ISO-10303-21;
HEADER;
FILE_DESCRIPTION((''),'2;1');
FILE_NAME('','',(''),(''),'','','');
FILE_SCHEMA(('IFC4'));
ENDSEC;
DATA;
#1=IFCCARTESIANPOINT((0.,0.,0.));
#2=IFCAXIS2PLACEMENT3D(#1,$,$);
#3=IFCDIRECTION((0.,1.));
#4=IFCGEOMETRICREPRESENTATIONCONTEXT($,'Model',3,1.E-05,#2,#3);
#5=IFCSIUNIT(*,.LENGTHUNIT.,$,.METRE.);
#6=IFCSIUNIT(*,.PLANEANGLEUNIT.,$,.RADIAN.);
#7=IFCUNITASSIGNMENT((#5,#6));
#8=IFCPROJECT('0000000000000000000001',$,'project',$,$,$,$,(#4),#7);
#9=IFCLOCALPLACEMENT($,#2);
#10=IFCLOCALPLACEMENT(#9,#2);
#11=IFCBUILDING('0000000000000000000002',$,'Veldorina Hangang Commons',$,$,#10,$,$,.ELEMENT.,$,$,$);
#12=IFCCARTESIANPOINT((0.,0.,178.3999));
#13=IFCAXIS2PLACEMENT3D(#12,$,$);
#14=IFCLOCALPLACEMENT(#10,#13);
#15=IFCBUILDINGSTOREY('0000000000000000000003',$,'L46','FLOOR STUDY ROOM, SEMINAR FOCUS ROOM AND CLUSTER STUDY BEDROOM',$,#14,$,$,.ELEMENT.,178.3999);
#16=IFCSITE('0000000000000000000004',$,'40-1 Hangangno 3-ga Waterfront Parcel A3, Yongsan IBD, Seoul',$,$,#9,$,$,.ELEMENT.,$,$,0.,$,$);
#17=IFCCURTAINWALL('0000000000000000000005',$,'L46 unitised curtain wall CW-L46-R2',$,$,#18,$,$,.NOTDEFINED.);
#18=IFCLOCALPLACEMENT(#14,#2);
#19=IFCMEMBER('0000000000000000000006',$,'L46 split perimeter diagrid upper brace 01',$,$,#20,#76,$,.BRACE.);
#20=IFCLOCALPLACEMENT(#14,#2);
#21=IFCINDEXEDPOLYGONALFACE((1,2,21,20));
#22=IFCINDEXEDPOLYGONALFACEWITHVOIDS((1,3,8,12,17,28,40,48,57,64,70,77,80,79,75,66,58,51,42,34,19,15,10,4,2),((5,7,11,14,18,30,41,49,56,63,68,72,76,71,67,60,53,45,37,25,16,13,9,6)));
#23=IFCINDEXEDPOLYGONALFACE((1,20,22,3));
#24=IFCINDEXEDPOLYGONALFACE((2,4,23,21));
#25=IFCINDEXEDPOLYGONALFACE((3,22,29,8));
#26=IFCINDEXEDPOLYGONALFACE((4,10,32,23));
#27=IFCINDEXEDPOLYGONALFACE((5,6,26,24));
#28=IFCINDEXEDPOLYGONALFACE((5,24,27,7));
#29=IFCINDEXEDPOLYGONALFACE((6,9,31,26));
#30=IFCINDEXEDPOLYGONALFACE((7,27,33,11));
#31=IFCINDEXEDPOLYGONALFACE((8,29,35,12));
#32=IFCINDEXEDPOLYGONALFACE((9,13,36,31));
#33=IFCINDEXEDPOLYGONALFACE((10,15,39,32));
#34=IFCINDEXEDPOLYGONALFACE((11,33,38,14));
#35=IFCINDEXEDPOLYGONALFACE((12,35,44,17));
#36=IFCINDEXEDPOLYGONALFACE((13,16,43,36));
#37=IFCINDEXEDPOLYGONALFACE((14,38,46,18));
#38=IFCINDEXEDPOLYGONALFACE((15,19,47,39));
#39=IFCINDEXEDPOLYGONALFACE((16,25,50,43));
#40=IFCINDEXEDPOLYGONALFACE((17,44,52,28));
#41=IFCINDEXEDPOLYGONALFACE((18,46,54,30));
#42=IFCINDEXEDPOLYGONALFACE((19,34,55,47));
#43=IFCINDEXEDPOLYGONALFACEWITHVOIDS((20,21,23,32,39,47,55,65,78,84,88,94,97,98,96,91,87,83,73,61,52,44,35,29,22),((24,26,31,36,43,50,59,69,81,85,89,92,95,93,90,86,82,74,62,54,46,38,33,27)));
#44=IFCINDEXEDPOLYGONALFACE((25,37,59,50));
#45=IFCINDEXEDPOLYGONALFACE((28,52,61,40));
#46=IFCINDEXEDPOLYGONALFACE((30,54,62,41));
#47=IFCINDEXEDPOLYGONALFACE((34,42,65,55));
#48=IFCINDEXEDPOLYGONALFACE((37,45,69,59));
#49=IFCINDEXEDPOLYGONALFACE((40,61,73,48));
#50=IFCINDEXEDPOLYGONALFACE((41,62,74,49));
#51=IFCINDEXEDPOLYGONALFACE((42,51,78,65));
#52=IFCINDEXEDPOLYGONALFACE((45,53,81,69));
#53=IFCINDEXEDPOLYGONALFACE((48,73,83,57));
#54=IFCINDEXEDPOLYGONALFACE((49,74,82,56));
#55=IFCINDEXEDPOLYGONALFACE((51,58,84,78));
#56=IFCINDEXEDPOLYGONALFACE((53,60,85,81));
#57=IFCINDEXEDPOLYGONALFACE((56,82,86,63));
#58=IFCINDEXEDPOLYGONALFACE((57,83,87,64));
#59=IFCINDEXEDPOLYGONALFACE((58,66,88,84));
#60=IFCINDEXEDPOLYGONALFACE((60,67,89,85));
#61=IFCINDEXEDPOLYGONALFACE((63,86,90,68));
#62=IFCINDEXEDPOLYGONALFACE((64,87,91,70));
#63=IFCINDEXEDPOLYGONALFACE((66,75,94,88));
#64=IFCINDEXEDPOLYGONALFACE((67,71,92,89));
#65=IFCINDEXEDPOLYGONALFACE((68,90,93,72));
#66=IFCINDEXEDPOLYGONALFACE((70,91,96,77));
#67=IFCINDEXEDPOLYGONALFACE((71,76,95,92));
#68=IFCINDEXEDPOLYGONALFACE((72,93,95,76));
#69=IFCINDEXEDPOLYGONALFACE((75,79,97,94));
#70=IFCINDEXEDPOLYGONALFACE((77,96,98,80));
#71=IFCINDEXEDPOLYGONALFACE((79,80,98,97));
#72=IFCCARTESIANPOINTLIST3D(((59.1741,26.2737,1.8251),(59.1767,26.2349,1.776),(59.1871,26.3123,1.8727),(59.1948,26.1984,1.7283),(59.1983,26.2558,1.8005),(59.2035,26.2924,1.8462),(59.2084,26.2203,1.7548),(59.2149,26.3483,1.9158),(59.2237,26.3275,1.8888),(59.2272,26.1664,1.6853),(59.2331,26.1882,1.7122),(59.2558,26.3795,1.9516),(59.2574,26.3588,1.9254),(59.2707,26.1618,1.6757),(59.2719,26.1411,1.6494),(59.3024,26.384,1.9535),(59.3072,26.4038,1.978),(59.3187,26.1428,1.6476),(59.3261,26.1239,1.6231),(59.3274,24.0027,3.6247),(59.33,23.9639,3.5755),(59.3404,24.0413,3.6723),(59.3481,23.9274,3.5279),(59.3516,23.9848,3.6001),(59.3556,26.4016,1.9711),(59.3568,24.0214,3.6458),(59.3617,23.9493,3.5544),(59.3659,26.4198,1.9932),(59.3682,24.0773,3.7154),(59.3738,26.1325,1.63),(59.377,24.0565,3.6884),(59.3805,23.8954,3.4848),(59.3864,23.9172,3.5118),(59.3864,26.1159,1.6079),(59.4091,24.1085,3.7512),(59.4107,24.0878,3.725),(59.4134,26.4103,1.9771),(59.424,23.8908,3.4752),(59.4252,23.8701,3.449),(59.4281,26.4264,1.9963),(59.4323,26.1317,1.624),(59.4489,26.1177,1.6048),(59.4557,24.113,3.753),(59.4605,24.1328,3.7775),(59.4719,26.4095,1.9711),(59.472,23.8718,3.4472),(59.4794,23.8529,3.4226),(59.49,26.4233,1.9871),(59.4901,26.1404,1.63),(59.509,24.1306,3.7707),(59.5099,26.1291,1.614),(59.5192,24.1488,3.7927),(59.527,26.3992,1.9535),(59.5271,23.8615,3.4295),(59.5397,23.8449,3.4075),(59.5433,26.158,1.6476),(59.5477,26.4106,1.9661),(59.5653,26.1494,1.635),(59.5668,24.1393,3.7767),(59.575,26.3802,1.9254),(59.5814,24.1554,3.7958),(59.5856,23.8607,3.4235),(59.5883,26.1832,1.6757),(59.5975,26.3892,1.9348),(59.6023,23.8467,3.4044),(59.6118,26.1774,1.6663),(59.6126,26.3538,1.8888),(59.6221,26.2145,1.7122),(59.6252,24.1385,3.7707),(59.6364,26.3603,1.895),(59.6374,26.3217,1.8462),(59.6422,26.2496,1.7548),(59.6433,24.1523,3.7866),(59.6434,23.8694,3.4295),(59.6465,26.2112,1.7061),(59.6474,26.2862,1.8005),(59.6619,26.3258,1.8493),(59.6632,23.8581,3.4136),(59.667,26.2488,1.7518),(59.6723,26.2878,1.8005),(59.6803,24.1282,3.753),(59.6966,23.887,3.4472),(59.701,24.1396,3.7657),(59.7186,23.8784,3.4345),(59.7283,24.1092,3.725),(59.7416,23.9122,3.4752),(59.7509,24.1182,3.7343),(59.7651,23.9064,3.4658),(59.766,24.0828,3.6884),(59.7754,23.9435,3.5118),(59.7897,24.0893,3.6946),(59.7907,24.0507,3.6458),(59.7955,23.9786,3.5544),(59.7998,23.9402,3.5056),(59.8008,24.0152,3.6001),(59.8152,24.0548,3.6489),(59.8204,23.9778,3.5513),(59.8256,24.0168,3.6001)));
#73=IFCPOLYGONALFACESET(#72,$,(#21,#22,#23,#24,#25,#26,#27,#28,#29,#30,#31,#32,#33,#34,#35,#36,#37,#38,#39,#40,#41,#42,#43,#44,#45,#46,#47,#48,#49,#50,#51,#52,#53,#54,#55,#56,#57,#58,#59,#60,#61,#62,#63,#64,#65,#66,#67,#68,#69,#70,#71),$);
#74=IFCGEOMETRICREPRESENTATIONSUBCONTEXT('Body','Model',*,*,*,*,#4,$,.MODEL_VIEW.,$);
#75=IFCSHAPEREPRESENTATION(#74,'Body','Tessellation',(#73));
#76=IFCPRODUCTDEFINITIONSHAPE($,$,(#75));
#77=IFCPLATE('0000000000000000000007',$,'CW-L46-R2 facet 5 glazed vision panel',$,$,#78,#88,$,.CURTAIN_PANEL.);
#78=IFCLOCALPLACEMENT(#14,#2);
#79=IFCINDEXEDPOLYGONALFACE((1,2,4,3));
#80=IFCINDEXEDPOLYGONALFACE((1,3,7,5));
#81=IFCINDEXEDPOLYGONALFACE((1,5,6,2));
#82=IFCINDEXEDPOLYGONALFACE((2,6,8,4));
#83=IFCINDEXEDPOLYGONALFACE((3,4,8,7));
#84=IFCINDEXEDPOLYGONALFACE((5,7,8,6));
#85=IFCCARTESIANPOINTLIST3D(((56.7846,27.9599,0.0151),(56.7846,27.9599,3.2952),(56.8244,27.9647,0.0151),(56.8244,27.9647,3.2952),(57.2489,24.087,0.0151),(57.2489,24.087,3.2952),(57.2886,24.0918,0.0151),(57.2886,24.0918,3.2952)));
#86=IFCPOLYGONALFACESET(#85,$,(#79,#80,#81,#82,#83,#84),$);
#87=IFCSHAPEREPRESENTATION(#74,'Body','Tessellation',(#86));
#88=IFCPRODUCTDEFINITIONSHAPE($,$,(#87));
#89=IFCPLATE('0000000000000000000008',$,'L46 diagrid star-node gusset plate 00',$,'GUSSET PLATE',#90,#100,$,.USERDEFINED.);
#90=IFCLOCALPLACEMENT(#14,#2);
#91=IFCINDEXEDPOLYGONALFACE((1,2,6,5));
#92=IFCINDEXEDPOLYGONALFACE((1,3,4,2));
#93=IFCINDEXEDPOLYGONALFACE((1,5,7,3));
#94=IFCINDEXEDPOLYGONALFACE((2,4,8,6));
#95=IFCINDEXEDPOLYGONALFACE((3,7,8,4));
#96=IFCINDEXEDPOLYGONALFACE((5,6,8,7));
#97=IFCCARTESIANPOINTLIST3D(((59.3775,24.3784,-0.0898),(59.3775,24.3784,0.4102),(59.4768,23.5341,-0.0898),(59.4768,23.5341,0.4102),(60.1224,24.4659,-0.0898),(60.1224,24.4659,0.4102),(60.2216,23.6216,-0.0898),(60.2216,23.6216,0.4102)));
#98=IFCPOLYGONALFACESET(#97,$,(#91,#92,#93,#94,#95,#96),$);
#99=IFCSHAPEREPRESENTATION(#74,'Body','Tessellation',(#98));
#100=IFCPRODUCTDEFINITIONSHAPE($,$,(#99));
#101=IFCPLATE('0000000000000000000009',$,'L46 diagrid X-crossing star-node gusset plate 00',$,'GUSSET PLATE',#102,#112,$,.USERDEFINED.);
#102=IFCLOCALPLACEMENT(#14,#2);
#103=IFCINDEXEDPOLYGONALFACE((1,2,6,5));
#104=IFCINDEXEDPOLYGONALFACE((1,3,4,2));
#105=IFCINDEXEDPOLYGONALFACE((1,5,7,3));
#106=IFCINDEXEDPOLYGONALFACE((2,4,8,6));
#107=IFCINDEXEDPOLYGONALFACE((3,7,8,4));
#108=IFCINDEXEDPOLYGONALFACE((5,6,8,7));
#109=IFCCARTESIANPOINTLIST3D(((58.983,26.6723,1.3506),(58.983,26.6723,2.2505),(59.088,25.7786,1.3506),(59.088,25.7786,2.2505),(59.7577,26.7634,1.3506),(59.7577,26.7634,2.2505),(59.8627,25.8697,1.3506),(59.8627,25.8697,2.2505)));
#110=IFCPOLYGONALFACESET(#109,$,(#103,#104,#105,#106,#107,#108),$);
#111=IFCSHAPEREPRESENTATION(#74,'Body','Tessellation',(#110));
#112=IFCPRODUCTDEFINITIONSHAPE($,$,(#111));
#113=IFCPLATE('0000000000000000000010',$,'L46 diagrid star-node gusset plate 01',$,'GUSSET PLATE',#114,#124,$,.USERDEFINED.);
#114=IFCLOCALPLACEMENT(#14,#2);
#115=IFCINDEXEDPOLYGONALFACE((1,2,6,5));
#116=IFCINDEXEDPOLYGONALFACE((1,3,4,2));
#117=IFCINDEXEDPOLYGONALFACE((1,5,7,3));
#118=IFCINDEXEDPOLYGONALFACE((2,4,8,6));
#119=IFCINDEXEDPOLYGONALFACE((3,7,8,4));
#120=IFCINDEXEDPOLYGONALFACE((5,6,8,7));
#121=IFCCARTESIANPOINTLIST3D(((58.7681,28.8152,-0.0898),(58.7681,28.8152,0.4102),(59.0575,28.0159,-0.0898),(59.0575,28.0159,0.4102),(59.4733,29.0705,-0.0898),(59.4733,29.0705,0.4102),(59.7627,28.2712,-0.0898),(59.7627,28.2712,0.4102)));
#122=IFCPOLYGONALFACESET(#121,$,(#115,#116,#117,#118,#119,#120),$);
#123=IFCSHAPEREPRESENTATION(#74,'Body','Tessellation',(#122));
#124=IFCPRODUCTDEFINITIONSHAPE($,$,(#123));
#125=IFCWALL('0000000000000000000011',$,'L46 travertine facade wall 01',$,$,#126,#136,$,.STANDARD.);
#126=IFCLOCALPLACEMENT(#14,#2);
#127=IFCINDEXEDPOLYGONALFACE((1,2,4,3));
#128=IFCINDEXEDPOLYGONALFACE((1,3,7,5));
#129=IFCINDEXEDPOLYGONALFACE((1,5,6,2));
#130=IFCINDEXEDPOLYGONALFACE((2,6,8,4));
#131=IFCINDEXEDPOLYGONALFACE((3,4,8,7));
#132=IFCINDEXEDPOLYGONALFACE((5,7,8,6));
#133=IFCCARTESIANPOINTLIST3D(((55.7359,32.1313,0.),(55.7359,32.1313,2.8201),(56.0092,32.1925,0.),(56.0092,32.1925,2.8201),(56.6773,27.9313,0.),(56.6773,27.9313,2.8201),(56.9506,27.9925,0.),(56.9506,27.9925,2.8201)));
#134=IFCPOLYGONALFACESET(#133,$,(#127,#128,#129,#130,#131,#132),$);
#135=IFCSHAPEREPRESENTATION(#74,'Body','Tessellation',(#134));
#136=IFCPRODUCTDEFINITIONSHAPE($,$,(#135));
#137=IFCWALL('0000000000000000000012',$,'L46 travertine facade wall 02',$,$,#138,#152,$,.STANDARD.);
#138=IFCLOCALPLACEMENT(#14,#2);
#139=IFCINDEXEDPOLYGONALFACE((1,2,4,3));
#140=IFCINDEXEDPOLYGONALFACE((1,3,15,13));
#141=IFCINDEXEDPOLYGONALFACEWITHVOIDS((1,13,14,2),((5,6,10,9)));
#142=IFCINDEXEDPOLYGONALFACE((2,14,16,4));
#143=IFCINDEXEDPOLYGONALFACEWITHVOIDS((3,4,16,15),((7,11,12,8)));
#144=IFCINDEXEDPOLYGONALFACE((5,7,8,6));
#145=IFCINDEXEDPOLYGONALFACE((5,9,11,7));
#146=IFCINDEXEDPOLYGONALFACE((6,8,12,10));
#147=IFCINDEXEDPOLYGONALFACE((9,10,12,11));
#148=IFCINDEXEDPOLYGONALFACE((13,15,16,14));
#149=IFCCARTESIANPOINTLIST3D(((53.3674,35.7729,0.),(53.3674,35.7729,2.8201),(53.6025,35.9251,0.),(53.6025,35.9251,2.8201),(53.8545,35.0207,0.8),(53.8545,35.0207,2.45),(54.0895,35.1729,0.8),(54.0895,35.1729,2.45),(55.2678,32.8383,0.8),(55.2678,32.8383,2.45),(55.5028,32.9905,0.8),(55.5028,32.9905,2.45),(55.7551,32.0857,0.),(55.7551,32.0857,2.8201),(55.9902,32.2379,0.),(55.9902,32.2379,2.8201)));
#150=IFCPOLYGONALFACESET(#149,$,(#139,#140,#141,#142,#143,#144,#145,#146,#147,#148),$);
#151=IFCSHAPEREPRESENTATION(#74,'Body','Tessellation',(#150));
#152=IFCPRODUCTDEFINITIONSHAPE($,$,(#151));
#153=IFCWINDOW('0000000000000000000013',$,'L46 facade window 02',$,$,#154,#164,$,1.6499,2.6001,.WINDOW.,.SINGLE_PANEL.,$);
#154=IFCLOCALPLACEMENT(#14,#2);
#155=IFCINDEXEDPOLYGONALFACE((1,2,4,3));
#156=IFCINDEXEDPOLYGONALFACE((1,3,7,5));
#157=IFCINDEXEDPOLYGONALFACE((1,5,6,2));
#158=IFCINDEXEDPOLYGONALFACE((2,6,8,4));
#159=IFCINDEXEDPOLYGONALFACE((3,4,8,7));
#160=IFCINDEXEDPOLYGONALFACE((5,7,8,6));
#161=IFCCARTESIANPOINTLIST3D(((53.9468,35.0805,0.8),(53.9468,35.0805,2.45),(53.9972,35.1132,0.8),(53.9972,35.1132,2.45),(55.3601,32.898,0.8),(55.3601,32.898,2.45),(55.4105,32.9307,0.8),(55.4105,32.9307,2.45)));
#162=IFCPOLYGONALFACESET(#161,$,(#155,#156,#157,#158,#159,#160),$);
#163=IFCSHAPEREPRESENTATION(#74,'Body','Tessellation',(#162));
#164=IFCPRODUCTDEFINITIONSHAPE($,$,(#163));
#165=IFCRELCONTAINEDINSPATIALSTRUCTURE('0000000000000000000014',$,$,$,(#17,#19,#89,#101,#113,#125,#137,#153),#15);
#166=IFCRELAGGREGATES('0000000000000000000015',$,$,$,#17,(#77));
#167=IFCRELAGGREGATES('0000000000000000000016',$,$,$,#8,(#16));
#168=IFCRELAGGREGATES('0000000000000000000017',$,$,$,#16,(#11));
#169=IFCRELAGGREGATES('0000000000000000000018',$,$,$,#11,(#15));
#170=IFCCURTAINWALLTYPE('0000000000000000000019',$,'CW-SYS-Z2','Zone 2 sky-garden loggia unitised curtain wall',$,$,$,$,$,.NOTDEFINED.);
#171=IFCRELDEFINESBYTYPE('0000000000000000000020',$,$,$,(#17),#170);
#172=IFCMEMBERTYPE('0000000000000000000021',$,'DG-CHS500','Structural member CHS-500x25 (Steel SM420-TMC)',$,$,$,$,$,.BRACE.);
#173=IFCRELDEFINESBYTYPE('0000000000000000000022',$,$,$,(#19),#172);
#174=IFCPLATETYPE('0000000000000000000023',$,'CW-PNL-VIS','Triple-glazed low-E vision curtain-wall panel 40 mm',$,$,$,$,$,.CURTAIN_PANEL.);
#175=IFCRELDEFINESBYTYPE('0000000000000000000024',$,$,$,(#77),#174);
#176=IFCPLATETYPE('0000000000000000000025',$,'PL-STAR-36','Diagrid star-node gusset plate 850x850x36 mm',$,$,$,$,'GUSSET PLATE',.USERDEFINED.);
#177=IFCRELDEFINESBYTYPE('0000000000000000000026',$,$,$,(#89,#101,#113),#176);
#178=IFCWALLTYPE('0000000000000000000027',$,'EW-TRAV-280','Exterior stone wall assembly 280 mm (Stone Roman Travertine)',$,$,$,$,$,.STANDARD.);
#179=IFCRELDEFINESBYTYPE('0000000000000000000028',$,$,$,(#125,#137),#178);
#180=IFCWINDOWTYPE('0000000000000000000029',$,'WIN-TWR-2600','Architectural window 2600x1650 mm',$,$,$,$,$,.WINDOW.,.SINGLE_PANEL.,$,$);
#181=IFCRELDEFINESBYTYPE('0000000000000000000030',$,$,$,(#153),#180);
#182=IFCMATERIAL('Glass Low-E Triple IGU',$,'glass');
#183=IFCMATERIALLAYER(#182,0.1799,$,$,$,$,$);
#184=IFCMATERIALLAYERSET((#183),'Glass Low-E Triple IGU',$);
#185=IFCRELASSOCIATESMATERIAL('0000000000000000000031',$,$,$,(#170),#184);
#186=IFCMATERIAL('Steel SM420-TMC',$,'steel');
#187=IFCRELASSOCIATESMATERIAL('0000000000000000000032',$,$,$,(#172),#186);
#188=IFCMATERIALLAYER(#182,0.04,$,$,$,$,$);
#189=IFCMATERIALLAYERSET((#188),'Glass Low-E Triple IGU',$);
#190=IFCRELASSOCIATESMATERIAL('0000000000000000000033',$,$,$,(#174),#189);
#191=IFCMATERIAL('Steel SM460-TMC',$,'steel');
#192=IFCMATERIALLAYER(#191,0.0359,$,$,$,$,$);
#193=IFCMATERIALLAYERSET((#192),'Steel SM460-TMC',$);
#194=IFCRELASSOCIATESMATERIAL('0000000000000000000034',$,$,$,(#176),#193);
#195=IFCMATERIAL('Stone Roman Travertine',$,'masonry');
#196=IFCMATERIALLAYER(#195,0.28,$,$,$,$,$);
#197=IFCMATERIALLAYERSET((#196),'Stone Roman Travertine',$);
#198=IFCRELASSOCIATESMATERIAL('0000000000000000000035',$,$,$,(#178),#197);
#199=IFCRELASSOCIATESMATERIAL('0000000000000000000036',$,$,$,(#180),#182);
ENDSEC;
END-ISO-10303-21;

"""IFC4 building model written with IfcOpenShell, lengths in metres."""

from ifc_helpers import new_model, si_unit, direction, frame, frame_2d, origin, origin_2d, place, context, subcontext, project, spatial, rectangle, hollow_circle, extrude, material, layer, layer_set, material_profile, profile_set, type_object, element, fill, aggregate, save


model = new_model("IFC4")

# Units and contexts
model_context = context("Model", 3, precision=1e-05, world=origin(), true_north=direction((0.0, 1.0)))
body_context = subcontext(model_context, "Body", "Model", "MODEL_VIEW")
ifc_project = project(units=[si_unit("LENGTHUNIT", "METRE"), si_unit("PLANEANGLEUNIT", "RADIAN")], contexts=[model_context])

# Site, building, storey
site_placement = place(None, origin())
site = spatial("IfcSite", under=ifc_project, at=site_placement, Name="40-1 Hangangno 3-ga Waterfront Parcel A3, Yongsan IBD, Seoul", CompositionType="ELEMENT", RefElevation=0.0)
building_placement = place(site_placement, origin())
building = spatial("IfcBuilding", under=site, at=building_placement, Name="Veldorina Hangang Commons", CompositionType="ELEMENT")
storey_placement = place(building_placement, frame((0.0, 0.0, 178.3999)))
storey = spatial("IfcBuildingStorey", under=building, at=storey_placement, Name="L46", Description="FLOOR STUDY ROOM, SEMINAR FOCUS ROOM AND CLUSTER STUDY BEDROOM", CompositionType="ELEMENT", Elevation=178.3999)

# Shared definitions
ifc_material_1 = material(Name="Steel SM420-TMC", Category="steel")

# Curtain wall
ifc_material_2 = material(Name="Glass Low-E Triple IGU", Category="glass")
ifc_layer_1 = layer(ifc_material_2, 0.1799)
ifc_layer_set_1 = layer_set([ifc_layer_1], Name="Glass Low-E Triple IGU")
curtain_wall_type = type_object("IfcCurtainWallType", Name="CW-SYS-Z2", Description="Zone 2 sky-garden loggia unitised curtain wall", PredefinedType="NOTDEFINED", material=ifc_layer_set_1)
curtain_wall_placement = place(storey_placement, origin())
curtain_wall = element("IfcCurtainWall", 1, at=curtain_wall_placement, inside=storey, type_object=curtain_wall_type, Name="L46 unitised curtain wall CW-L46-R2", PredefinedType="NOTDEFINED")

# Member
ifc_material_profile_1 = material_profile(ifc_material_1, hollow_circle(Radius=0.25, WallThickness=0.0249, at=origin_2d()), Name="CHS-500x25")
ifc_profile_set_1 = profile_set([ifc_material_profile_1], Name="Steel SM420-TMC")
member_type_1 = type_object("IfcMemberType", Name="DG-CHS500", Description="Structural member CHS-500x25 (Steel SM420-TMC)", PredefinedType="BRACE", material=ifc_profile_set_1)
member_1_placement = place(storey_placement, frame((59.4229, 26.271, 1.8005), z_axis=(0.05284, -0.782667, 0.620194), x_axis=(0.997729, 0.067359, 0.0)))
element("IfcMember", 2, at=member_1_placement, inside=storey, type_object=member_type_1, Name="L46 split perimeter diagrid upper brace 01", PredefinedType="BRACE", context=body_context, shape_type="SweptSolid", body=[
    extrude(hollow_circle(Radius=0.25, WallThickness=0.0249, at=origin_2d()), origin(), (0.0, 0.0, 1.0), 2.9016),
])

# Plate
ifc_layer_2 = layer(ifc_material_2, 0.04)
ifc_layer_set_2 = layer_set([ifc_layer_2], Name="Glass Low-E Triple IGU")
plate_type_1 = type_object("IfcPlateType", Name="CW-PNL-VIS", Description="Triple-glazed low-E vision curtain-wall panel 40 mm", PredefinedType="CURTAIN_PANEL", material=ifc_layer_set_2)
plate_1_placement = place(storey_placement, frame((57.0366, 26.0259, 0.0151), z_axis=(0.0, 0.0, 1.0), x_axis=(-0.119028, 0.992891, 0.0)))
plate_1 = element("IfcPlate", 3, at=plate_1_placement, type_object=plate_type_1, Name="CW-L46-R2 facet 5 glazed vision panel", PredefinedType="CURTAIN_PANEL", context=body_context, shape_type="SweptSolid", body=[
    extrude(rectangle(XDim=3.9006, YDim=0.04, at=origin_2d()), origin(), (0.0, 0.0, 1.0), 3.28),
])
aggregate(curtain_wall, [plate_1])

# Plates
ifc_material_3 = material(Name="Steel SM460-TMC", Category="steel")
ifc_layer_3 = layer(ifc_material_3, 0.0359)
ifc_layer_set_3 = layer_set([ifc_layer_3], Name="Steel SM460-TMC")
plate_type_2 = type_object("IfcPlateType", Name="PL-STAR-36", Description="Diagrid star-node gusset plate 850x850x36 mm", ElementType="GUSSET PLATE", PredefinedType="USERDEFINED", material=ifc_layer_set_3)
plate_2_placement = place(storey_placement, frame((59.7996, 24.0, -0.0898), z_axis=(0.0, 0.0, 1.0), x_axis=(-0.116775, 0.993158, 0.0)))
element("IfcPlate", 4, at=plate_2_placement, inside=storey, type_object=plate_type_2, Name="L46 diagrid star-node gusset plate 00", ObjectType="GUSSET PLATE", PredefinedType="USERDEFINED", context=body_context, shape_type="SweptSolid", body=[
    extrude(rectangle(XDim=0.8501, YDim=0.75, at=origin_2d()), origin(), (0.0, 0.0, 1.0), 0.5),
])
plate_3_placement = place(storey_placement, frame((59.4229, 26.271, 1.3506), z_axis=(0.0, 0.0, 1.0), x_axis=(-0.116775, 0.993158, 0.0)))
element("IfcPlate", 5, at=plate_3_placement, inside=storey, type_object=plate_type_2, Name="L46 diagrid X-crossing star-node gusset plate 00", ObjectType="GUSSET PLATE", PredefinedType="USERDEFINED", context=body_context, shape_type="SweptSolid", body=[
    extrude(rectangle(XDim=0.8999, YDim=0.78, at=origin_2d()), origin(), (0.0, 0.0, 1.0), 0.8999),
])
plate_4_placement = place(storey_placement, frame((59.2654, 28.5432, -0.0898), z_axis=(0.0, 0.0, 1.0), x_axis=(-0.340462, 0.940258, 0.0)))
element("IfcPlate", 6, at=plate_4_placement, inside=storey, type_object=plate_type_2, Name="L46 diagrid star-node gusset plate 01", ObjectType="GUSSET PLATE", PredefinedType="USERDEFINED", context=body_context, shape_type="SweptSolid", body=[
    extrude(rectangle(XDim=0.8501, YDim=0.75, at=origin_2d()), origin(), (0.0, 0.0, 1.0), 0.5),
])

# Wall
ifc_material_4 = material(Name="Stone Roman Travertine", Category="masonry")
ifc_layer_4 = layer(ifc_material_4, 0.28)
ifc_layer_set_4 = layer_set([ifc_layer_4], Name="Stone Roman Travertine")
wall_type_1 = type_object("IfcWallType", Name="EW-TRAV-280", Description="Exterior stone wall assembly 280 mm (Stone Roman Travertine)", PredefinedType="STANDARD", material=ifc_layer_set_4)
wall_1_placement = place(storey_placement, frame((56.814, 27.9619, 0.0), z_axis=(0.0, 0.0, 1.0), x_axis=(-0.21872, 0.975788, 0.0)))
element("IfcWall", 7, at=wall_1_placement, inside=storey, type_object=wall_type_1, Name="L46 travertine facade wall 01", PredefinedType="STANDARD", context=body_context, shape_type="SweptSolid", body=[
    extrude(rectangle(XDim=4.3042, YDim=0.28, at=frame_2d((2.1521, 0.0))), origin(), (0.0, 0.0, 1.0), 2.8201),
])

# Wall, opening, window
wall_2_placement = place(storey_placement, frame((55.8726, 32.1619, 0.0), z_axis=(0.0, 0.0, 1.0), x_axis=(-0.543544, 0.839381, 0.0)))
wall_2 = element("IfcWall", 8, at=wall_2_placement, inside=storey, type_object=wall_type_1, Name="L46 travertine facade wall 02", PredefinedType="STANDARD", context=body_context, shape_type="SweptSolid", body=[
    extrude(rectangle(XDim=4.3928, YDim=0.28, at=frame_2d((2.1963, 0.0))), origin(), (0.0, 0.0, 1.0), 2.8201),
])
opening_1_placement = place(wall_2_placement, frame((0.8965, 0.0, 0.8)))
opening_1 = element("IfcOpeningElement", 9, at=opening_1_placement, cuts=wall_2, PredefinedType="OPENING", context=body_context, shape_type="SweptSolid", body=[
    extrude(rectangle(XDim=2.6001, YDim=1.6499, at=frame_2d((1.3, 0.825))), frame((0.0, 0.1499, 0.0), z_axis=(0.0, -1.0, 0.0), x_axis=(1.0, 0.0, 0.0)), (0.0, 0.0, 1.0), 0.3),
])
window_type = type_object("IfcWindowType", Name="WIN-TWR-2600", Description="Architectural window 2600x1650 mm", PartitioningType="SINGLE_PANEL", PredefinedType="WINDOW", material=ifc_material_2)
window_placement = place(opening_1_placement, origin())
window = element("IfcWindow", 10, at=window_placement, inside=storey, type_object=window_type, Name="L46 facade window 02", OverallHeight=1.6499, OverallWidth=2.6001, PartitioningType="SINGLE_PANEL", PredefinedType="WINDOW", context=body_context, shape_type="SweptSolid", body=[
    extrude(rectangle(XDim=2.6001, YDim=1.6499, at=frame_2d((1.3, 0.825))), frame((0.0, 0.03, 0.0), z_axis=(0.0, -1.0, 0.0), x_axis=(1.0, 0.0, 0.0)), (0.0, 0.0, 1.0), 0.0601),
])
fill(opening_1, window)

save(model, "model.ifc")
